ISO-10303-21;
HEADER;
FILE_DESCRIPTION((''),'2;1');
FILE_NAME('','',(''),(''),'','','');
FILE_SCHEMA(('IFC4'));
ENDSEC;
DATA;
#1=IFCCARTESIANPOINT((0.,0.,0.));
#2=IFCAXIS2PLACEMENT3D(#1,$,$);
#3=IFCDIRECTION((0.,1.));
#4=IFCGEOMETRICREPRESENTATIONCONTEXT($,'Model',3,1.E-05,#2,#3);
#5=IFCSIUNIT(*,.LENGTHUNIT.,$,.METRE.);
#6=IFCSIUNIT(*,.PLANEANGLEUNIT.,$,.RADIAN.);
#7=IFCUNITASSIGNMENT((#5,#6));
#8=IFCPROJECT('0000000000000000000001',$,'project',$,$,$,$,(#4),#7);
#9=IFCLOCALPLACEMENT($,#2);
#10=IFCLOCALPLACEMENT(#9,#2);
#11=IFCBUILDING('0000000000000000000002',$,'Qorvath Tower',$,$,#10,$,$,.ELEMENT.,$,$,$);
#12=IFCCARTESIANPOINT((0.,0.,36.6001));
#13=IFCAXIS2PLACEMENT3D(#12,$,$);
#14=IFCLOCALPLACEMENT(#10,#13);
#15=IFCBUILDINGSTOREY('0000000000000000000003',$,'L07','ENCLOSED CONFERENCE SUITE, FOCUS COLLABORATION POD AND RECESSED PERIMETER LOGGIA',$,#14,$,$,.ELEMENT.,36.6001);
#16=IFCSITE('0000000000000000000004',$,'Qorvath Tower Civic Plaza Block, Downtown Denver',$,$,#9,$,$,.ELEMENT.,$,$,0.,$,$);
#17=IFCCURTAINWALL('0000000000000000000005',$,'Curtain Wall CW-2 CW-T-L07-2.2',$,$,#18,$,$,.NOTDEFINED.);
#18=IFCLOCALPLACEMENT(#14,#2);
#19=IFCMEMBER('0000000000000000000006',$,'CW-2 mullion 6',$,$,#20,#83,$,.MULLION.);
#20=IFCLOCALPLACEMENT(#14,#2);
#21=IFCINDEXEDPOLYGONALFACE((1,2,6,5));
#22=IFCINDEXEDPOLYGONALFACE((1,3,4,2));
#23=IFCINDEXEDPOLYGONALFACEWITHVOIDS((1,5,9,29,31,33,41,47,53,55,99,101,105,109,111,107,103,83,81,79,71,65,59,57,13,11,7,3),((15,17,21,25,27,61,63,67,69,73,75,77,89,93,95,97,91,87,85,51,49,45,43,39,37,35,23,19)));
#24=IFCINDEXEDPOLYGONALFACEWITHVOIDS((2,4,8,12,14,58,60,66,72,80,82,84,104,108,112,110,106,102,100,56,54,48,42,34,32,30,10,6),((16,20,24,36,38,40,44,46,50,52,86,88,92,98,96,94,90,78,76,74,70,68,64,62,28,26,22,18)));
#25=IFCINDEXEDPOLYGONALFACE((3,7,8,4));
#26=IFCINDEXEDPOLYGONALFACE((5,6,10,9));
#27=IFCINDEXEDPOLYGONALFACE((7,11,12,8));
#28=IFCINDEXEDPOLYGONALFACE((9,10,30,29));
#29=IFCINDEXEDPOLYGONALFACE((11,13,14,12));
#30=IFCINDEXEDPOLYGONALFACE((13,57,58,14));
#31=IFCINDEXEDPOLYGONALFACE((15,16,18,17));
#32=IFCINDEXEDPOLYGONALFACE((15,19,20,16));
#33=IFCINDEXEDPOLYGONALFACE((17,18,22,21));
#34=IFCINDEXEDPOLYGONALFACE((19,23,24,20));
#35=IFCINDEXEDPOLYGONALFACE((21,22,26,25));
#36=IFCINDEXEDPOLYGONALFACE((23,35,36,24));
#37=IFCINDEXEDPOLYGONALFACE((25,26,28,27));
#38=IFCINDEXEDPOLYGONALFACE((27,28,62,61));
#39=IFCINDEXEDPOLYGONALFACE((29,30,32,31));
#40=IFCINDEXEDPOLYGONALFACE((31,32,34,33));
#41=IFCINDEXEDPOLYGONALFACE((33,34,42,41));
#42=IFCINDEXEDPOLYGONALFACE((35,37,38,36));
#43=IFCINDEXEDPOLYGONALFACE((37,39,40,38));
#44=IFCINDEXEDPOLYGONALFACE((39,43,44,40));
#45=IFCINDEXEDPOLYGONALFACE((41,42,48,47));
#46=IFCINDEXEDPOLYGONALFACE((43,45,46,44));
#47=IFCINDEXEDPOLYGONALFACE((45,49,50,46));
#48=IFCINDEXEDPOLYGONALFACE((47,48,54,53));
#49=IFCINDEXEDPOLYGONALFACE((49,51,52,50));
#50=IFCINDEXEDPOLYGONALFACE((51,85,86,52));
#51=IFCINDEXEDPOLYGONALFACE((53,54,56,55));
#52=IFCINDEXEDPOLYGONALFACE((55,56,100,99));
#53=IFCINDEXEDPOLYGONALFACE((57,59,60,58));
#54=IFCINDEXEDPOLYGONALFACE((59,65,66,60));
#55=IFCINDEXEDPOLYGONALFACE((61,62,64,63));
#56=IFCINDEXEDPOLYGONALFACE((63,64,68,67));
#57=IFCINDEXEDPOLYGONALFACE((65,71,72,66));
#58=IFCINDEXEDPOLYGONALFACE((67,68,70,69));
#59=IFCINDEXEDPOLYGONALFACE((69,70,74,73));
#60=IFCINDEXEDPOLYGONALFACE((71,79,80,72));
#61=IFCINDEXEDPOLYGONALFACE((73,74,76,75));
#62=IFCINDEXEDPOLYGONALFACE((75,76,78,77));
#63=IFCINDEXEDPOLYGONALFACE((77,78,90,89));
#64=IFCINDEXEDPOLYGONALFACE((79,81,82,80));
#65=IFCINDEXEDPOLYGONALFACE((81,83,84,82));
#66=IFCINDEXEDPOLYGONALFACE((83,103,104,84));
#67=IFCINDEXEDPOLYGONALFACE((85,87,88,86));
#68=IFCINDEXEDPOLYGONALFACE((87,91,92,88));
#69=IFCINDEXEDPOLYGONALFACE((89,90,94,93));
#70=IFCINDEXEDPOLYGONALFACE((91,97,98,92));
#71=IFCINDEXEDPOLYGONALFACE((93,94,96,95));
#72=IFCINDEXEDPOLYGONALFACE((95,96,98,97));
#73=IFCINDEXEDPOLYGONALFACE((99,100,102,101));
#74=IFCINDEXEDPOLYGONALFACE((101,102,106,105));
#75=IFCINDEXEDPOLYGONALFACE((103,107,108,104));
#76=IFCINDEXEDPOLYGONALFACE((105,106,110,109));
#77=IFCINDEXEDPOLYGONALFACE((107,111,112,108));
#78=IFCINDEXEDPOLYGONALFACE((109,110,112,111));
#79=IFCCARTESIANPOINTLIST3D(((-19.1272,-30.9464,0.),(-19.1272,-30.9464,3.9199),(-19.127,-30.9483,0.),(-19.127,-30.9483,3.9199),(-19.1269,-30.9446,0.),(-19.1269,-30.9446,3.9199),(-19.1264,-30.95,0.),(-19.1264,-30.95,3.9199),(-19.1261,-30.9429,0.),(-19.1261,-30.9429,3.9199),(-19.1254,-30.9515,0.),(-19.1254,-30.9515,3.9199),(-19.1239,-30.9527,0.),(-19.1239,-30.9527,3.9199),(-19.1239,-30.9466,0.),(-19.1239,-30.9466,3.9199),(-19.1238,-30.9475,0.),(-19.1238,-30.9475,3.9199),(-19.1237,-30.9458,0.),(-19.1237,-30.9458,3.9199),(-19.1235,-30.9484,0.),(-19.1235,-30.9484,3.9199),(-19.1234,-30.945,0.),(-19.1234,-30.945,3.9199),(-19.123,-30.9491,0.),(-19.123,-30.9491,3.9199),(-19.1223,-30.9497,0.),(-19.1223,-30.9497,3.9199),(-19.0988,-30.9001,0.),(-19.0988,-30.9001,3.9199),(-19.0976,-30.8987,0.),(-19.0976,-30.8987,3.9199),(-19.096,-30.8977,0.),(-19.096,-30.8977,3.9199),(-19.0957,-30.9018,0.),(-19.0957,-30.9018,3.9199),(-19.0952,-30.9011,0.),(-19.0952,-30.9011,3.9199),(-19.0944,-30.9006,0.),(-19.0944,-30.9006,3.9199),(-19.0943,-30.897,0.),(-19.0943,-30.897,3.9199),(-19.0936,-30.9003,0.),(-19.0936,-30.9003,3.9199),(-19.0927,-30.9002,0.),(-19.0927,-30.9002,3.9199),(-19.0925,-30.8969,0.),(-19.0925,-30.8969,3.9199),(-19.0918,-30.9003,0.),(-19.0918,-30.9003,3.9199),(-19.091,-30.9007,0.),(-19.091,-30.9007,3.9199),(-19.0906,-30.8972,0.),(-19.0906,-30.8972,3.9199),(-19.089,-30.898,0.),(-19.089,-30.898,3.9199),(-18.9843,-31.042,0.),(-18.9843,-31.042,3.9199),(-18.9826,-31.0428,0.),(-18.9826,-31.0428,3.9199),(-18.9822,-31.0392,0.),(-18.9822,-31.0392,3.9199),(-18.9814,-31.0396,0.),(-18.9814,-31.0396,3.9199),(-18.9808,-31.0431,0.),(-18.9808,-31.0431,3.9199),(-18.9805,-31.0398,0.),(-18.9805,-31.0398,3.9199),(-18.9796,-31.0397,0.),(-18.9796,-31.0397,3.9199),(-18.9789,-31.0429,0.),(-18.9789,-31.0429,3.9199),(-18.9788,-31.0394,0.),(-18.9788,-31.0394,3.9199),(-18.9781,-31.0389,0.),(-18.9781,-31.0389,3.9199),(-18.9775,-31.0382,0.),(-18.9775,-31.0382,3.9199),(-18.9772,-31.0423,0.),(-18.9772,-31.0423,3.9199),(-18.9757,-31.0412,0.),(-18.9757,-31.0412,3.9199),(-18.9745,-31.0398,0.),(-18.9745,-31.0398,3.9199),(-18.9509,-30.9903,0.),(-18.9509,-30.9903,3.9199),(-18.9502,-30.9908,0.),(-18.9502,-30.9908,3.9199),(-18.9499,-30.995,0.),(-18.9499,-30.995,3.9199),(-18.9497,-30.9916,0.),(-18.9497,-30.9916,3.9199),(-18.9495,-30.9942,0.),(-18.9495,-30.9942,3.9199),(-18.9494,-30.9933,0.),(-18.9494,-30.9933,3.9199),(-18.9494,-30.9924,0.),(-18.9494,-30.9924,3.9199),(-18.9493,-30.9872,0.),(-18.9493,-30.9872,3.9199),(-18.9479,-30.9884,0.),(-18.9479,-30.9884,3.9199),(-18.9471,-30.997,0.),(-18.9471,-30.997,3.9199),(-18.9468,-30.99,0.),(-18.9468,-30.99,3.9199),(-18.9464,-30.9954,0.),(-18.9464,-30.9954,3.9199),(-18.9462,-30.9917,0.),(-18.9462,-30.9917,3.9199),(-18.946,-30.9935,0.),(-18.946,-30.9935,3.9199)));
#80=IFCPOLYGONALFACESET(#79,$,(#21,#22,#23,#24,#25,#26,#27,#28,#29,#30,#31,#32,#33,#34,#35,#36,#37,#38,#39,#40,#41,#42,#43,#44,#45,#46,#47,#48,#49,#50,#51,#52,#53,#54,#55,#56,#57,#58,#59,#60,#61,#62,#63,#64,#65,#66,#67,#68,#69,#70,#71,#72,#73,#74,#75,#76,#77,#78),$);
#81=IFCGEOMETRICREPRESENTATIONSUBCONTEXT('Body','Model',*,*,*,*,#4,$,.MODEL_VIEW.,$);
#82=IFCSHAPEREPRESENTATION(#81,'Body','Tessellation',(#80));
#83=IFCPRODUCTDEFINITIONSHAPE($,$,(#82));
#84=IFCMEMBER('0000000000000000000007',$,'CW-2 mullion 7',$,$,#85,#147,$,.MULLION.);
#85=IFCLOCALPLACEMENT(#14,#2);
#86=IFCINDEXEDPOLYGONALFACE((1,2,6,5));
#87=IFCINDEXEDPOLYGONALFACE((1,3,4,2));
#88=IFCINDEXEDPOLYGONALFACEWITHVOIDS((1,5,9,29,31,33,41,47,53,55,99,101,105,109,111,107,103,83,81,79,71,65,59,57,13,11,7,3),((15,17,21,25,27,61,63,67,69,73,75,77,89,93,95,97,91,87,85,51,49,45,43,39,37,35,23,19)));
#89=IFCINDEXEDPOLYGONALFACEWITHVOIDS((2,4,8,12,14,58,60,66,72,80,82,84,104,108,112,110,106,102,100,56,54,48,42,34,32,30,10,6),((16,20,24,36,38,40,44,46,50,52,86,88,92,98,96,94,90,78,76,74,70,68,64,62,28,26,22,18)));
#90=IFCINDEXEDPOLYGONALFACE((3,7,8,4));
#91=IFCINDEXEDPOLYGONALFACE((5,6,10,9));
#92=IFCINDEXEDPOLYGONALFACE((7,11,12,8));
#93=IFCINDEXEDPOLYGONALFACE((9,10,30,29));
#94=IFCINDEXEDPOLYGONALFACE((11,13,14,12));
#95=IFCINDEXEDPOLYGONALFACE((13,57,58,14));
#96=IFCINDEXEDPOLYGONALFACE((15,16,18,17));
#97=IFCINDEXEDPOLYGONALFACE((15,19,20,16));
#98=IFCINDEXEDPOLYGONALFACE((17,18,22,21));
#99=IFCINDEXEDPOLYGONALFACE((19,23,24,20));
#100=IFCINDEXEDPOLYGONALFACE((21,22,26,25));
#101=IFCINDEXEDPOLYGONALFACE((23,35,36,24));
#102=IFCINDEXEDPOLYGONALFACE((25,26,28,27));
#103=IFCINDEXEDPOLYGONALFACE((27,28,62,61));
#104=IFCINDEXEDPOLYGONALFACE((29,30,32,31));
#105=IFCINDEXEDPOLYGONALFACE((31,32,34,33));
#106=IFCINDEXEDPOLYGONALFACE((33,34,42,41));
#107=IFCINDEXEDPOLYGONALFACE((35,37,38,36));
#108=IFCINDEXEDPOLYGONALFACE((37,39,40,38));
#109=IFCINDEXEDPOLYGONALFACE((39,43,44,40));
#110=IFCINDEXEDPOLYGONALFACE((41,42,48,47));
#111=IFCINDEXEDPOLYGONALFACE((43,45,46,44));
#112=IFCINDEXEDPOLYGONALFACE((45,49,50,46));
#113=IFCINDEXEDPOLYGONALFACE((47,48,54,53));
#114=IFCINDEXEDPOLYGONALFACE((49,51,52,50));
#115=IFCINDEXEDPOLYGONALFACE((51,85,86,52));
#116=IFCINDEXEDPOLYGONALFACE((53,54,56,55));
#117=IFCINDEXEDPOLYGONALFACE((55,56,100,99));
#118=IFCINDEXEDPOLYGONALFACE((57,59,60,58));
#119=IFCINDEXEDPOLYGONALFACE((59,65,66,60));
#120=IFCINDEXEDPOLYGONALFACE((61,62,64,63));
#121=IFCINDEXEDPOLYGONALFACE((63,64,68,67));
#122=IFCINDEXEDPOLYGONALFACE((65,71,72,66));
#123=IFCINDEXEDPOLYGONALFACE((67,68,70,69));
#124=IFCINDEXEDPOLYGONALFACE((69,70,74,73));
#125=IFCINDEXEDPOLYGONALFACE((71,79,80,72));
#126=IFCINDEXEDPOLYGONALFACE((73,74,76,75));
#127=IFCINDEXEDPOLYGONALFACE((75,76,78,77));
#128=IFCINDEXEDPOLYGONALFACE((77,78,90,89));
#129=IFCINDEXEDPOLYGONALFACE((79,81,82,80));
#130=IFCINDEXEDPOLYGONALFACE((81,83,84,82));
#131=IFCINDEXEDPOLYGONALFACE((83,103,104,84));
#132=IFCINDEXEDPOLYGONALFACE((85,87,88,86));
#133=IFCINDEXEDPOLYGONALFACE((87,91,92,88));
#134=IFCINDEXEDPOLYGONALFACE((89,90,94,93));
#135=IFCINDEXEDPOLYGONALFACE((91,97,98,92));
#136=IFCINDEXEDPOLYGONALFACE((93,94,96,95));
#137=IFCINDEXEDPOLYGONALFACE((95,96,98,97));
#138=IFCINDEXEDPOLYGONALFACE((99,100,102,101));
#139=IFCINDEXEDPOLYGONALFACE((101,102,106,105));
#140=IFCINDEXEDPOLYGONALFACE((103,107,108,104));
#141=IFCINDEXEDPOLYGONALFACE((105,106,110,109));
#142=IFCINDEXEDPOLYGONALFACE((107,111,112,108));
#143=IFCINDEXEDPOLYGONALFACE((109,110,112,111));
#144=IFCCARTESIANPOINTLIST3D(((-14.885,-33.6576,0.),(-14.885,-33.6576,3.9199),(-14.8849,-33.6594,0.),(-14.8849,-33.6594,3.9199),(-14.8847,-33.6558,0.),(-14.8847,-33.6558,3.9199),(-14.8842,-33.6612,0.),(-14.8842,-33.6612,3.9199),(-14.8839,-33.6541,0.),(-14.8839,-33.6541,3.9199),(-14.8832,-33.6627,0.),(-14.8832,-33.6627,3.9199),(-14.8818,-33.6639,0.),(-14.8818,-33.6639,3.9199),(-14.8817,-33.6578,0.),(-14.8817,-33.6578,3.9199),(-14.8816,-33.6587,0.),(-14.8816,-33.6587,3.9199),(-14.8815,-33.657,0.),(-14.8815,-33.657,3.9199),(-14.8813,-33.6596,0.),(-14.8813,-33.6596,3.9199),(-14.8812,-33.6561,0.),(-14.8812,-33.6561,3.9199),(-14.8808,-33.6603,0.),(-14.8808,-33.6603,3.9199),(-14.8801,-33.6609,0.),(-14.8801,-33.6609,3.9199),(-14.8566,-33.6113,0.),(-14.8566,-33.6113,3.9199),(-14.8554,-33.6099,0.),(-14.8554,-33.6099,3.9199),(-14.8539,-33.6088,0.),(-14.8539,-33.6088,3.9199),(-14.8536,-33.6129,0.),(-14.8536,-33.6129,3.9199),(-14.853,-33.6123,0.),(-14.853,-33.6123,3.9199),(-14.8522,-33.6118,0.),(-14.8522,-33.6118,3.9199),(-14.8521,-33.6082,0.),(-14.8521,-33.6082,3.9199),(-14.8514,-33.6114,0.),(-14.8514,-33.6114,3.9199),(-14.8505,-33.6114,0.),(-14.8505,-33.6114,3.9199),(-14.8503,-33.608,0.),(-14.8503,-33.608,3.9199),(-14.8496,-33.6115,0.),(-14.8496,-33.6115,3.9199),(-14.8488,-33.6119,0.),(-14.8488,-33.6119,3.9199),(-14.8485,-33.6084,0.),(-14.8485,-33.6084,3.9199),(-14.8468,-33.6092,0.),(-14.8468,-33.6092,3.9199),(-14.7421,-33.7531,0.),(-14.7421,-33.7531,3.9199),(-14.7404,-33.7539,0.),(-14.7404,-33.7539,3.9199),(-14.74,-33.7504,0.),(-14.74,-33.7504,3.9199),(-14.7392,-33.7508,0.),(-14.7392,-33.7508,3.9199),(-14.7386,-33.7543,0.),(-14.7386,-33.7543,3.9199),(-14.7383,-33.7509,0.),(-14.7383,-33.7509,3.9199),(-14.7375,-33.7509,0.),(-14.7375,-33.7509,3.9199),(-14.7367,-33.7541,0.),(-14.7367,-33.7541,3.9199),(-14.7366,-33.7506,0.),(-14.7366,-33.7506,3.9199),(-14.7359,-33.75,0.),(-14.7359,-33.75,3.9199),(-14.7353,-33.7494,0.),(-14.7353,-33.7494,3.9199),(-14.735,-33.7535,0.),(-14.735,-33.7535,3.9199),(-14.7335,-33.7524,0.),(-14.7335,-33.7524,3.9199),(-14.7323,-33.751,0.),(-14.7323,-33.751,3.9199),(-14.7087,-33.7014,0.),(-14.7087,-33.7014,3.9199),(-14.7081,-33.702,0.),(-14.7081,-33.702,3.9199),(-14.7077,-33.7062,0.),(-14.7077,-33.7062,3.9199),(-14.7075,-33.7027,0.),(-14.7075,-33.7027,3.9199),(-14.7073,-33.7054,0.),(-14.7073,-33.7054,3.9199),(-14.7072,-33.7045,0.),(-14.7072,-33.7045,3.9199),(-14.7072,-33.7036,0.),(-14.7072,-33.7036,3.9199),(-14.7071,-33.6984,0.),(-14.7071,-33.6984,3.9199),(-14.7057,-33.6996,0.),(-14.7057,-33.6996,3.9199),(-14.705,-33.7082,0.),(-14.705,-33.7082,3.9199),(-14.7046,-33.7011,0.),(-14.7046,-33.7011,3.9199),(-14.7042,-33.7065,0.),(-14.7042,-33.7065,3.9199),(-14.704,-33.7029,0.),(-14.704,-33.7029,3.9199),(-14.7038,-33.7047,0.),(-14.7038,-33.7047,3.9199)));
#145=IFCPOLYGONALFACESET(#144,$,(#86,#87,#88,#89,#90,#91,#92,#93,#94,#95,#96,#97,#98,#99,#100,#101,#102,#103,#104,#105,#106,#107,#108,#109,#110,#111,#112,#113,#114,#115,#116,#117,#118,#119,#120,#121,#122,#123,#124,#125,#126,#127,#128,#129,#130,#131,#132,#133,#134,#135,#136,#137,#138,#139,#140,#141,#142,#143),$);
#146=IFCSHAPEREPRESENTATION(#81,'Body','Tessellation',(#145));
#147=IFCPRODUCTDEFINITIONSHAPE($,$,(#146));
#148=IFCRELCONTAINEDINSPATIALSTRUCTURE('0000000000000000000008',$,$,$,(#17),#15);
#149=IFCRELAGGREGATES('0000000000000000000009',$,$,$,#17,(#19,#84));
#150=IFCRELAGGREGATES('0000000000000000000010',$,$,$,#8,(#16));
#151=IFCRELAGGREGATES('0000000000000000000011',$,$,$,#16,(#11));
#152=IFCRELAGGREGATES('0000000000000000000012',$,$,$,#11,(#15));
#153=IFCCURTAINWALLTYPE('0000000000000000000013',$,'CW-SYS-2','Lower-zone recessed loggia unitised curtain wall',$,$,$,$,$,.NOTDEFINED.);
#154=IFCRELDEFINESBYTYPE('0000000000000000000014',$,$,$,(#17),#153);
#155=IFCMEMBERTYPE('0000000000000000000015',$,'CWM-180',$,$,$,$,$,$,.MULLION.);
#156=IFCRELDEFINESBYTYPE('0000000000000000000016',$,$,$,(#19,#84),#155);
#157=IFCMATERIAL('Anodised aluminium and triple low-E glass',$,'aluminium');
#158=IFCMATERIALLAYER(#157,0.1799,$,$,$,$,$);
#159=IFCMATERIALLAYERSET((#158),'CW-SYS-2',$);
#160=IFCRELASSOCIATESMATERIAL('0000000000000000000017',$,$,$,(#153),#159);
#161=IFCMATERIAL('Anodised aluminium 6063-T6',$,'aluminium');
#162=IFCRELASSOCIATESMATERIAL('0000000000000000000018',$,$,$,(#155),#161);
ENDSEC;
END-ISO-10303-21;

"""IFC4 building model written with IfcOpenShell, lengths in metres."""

from ifc_helpers import new_model, si_unit, direction, frame, origin, origin_2d, place, context, subcontext, project, spatial, hollow_rectangle, extrude, material, layer, layer_set, material_profile, profile_set, type_object, element, aggregate, save


model = new_model("IFC4")

# Units and contexts
model_context = context("Model", 3, precision=1e-05, world=origin(), true_north=direction((0.0, 1.0)))
body_context = subcontext(model_context, "Body", "Model", "MODEL_VIEW")
ifc_project = project(units=[si_unit("LENGTHUNIT", "METRE"), si_unit("PLANEANGLEUNIT", "RADIAN")], contexts=[model_context])

# Site, building, storey
site_placement = place(None, origin())
site = spatial("IfcSite", under=ifc_project, at=site_placement, Name="Qorvath Tower Civic Plaza Block, Downtown Denver", CompositionType="ELEMENT", RefElevation=0.0)
building_placement = place(site_placement, origin())
building = spatial("IfcBuilding", under=site, at=building_placement, Name="Qorvath Tower", CompositionType="ELEMENT")
storey_placement = place(building_placement, frame((0.0, 0.0, 36.6001)))
storey = spatial("IfcBuildingStorey", under=building, at=storey_placement, Name="L07", Description="ENCLOSED CONFERENCE SUITE, FOCUS COLLABORATION POD AND RECESSED PERIMETER LOGGIA", CompositionType="ELEMENT", Elevation=36.6001)

# Curtain wall, members
ifc_material_1 = material(Name="Anodised aluminium and triple low-E glass", Category="aluminium")
ifc_layer_1 = layer(ifc_material_1, 0.1799)
ifc_layer_set_1 = layer_set([ifc_layer_1], Name="CW-SYS-2")
curtain_wall_type = type_object("IfcCurtainWallType", Name="CW-SYS-2", Description="Lower-zone recessed loggia unitised curtain wall", PredefinedType="NOTDEFINED", material=ifc_layer_set_1)
curtain_wall_1_placement = place(storey_placement, origin())
curtain_wall_1 = element("IfcCurtainWall", 1, at=curtain_wall_1_placement, inside=storey, type_object=curtain_wall_type, Name="Curtain Wall CW-2 CW-T-L07-2.2", PredefinedType="NOTDEFINED")
ifc_material_2 = material(Name="Anodised aluminium 6063-T6", Category="aluminium")
ifc_material_profile_1 = material_profile(ifc_material_2, hollow_rectangle(XDim=0.0649, YDim=0.1799, WallThickness=0.0034, InnerFilletRadius=0.0034, OuterFilletRadius=0.0071, at=origin_2d()), Name="CWM 180x65")
ifc_profile_set_1 = profile_set([ifc_material_profile_1], Name="Anodised aluminium 6063-T6")
member_type_1 = type_object("IfcMemberType", Name="CWM-180", PredefinedType="MULLION", material=ifc_profile_set_1)
member_1_placement = place(storey_placement, frame((-19.0366, -30.97, 0.0), z_axis=(0.0, 0.0, 1.0), x_axis=(0.538533, 0.842605, 0.0)))
member_1 = element("IfcMember", 2, at=member_1_placement, type_object=member_type_1, Name="CW-2 mullion 6", PredefinedType="MULLION", context=body_context, shape_type="SweptSolid", body=[
    extrude(hollow_rectangle(XDim=0.0649, YDim=0.1799, WallThickness=0.0034, InnerFilletRadius=0.0034, OuterFilletRadius=0.0071, at=origin_2d()), origin(), (0.0, 0.0, 1.0), 3.9199),
])
member_2_placement = place(storey_placement, frame((-14.7944, -33.6812, 0.0), z_axis=(0.0, 0.0, 1.0), x_axis=(0.538533, 0.842605, 0.0)))
member_2 = element("IfcMember", 3, at=member_2_placement, type_object=member_type_1, Name="CW-2 mullion 7", PredefinedType="MULLION", context=body_context, shape_type="SweptSolid", body=[
    extrude(hollow_rectangle(XDim=0.0649, YDim=0.1799, WallThickness=0.0034, InnerFilletRadius=0.0034, OuterFilletRadius=0.0071, at=origin_2d()), origin(), (0.0, 0.0, 1.0), 3.9199),
])

aggregate(curtain_wall_1, [member_1, member_2])

save(model, "model.ifc")
